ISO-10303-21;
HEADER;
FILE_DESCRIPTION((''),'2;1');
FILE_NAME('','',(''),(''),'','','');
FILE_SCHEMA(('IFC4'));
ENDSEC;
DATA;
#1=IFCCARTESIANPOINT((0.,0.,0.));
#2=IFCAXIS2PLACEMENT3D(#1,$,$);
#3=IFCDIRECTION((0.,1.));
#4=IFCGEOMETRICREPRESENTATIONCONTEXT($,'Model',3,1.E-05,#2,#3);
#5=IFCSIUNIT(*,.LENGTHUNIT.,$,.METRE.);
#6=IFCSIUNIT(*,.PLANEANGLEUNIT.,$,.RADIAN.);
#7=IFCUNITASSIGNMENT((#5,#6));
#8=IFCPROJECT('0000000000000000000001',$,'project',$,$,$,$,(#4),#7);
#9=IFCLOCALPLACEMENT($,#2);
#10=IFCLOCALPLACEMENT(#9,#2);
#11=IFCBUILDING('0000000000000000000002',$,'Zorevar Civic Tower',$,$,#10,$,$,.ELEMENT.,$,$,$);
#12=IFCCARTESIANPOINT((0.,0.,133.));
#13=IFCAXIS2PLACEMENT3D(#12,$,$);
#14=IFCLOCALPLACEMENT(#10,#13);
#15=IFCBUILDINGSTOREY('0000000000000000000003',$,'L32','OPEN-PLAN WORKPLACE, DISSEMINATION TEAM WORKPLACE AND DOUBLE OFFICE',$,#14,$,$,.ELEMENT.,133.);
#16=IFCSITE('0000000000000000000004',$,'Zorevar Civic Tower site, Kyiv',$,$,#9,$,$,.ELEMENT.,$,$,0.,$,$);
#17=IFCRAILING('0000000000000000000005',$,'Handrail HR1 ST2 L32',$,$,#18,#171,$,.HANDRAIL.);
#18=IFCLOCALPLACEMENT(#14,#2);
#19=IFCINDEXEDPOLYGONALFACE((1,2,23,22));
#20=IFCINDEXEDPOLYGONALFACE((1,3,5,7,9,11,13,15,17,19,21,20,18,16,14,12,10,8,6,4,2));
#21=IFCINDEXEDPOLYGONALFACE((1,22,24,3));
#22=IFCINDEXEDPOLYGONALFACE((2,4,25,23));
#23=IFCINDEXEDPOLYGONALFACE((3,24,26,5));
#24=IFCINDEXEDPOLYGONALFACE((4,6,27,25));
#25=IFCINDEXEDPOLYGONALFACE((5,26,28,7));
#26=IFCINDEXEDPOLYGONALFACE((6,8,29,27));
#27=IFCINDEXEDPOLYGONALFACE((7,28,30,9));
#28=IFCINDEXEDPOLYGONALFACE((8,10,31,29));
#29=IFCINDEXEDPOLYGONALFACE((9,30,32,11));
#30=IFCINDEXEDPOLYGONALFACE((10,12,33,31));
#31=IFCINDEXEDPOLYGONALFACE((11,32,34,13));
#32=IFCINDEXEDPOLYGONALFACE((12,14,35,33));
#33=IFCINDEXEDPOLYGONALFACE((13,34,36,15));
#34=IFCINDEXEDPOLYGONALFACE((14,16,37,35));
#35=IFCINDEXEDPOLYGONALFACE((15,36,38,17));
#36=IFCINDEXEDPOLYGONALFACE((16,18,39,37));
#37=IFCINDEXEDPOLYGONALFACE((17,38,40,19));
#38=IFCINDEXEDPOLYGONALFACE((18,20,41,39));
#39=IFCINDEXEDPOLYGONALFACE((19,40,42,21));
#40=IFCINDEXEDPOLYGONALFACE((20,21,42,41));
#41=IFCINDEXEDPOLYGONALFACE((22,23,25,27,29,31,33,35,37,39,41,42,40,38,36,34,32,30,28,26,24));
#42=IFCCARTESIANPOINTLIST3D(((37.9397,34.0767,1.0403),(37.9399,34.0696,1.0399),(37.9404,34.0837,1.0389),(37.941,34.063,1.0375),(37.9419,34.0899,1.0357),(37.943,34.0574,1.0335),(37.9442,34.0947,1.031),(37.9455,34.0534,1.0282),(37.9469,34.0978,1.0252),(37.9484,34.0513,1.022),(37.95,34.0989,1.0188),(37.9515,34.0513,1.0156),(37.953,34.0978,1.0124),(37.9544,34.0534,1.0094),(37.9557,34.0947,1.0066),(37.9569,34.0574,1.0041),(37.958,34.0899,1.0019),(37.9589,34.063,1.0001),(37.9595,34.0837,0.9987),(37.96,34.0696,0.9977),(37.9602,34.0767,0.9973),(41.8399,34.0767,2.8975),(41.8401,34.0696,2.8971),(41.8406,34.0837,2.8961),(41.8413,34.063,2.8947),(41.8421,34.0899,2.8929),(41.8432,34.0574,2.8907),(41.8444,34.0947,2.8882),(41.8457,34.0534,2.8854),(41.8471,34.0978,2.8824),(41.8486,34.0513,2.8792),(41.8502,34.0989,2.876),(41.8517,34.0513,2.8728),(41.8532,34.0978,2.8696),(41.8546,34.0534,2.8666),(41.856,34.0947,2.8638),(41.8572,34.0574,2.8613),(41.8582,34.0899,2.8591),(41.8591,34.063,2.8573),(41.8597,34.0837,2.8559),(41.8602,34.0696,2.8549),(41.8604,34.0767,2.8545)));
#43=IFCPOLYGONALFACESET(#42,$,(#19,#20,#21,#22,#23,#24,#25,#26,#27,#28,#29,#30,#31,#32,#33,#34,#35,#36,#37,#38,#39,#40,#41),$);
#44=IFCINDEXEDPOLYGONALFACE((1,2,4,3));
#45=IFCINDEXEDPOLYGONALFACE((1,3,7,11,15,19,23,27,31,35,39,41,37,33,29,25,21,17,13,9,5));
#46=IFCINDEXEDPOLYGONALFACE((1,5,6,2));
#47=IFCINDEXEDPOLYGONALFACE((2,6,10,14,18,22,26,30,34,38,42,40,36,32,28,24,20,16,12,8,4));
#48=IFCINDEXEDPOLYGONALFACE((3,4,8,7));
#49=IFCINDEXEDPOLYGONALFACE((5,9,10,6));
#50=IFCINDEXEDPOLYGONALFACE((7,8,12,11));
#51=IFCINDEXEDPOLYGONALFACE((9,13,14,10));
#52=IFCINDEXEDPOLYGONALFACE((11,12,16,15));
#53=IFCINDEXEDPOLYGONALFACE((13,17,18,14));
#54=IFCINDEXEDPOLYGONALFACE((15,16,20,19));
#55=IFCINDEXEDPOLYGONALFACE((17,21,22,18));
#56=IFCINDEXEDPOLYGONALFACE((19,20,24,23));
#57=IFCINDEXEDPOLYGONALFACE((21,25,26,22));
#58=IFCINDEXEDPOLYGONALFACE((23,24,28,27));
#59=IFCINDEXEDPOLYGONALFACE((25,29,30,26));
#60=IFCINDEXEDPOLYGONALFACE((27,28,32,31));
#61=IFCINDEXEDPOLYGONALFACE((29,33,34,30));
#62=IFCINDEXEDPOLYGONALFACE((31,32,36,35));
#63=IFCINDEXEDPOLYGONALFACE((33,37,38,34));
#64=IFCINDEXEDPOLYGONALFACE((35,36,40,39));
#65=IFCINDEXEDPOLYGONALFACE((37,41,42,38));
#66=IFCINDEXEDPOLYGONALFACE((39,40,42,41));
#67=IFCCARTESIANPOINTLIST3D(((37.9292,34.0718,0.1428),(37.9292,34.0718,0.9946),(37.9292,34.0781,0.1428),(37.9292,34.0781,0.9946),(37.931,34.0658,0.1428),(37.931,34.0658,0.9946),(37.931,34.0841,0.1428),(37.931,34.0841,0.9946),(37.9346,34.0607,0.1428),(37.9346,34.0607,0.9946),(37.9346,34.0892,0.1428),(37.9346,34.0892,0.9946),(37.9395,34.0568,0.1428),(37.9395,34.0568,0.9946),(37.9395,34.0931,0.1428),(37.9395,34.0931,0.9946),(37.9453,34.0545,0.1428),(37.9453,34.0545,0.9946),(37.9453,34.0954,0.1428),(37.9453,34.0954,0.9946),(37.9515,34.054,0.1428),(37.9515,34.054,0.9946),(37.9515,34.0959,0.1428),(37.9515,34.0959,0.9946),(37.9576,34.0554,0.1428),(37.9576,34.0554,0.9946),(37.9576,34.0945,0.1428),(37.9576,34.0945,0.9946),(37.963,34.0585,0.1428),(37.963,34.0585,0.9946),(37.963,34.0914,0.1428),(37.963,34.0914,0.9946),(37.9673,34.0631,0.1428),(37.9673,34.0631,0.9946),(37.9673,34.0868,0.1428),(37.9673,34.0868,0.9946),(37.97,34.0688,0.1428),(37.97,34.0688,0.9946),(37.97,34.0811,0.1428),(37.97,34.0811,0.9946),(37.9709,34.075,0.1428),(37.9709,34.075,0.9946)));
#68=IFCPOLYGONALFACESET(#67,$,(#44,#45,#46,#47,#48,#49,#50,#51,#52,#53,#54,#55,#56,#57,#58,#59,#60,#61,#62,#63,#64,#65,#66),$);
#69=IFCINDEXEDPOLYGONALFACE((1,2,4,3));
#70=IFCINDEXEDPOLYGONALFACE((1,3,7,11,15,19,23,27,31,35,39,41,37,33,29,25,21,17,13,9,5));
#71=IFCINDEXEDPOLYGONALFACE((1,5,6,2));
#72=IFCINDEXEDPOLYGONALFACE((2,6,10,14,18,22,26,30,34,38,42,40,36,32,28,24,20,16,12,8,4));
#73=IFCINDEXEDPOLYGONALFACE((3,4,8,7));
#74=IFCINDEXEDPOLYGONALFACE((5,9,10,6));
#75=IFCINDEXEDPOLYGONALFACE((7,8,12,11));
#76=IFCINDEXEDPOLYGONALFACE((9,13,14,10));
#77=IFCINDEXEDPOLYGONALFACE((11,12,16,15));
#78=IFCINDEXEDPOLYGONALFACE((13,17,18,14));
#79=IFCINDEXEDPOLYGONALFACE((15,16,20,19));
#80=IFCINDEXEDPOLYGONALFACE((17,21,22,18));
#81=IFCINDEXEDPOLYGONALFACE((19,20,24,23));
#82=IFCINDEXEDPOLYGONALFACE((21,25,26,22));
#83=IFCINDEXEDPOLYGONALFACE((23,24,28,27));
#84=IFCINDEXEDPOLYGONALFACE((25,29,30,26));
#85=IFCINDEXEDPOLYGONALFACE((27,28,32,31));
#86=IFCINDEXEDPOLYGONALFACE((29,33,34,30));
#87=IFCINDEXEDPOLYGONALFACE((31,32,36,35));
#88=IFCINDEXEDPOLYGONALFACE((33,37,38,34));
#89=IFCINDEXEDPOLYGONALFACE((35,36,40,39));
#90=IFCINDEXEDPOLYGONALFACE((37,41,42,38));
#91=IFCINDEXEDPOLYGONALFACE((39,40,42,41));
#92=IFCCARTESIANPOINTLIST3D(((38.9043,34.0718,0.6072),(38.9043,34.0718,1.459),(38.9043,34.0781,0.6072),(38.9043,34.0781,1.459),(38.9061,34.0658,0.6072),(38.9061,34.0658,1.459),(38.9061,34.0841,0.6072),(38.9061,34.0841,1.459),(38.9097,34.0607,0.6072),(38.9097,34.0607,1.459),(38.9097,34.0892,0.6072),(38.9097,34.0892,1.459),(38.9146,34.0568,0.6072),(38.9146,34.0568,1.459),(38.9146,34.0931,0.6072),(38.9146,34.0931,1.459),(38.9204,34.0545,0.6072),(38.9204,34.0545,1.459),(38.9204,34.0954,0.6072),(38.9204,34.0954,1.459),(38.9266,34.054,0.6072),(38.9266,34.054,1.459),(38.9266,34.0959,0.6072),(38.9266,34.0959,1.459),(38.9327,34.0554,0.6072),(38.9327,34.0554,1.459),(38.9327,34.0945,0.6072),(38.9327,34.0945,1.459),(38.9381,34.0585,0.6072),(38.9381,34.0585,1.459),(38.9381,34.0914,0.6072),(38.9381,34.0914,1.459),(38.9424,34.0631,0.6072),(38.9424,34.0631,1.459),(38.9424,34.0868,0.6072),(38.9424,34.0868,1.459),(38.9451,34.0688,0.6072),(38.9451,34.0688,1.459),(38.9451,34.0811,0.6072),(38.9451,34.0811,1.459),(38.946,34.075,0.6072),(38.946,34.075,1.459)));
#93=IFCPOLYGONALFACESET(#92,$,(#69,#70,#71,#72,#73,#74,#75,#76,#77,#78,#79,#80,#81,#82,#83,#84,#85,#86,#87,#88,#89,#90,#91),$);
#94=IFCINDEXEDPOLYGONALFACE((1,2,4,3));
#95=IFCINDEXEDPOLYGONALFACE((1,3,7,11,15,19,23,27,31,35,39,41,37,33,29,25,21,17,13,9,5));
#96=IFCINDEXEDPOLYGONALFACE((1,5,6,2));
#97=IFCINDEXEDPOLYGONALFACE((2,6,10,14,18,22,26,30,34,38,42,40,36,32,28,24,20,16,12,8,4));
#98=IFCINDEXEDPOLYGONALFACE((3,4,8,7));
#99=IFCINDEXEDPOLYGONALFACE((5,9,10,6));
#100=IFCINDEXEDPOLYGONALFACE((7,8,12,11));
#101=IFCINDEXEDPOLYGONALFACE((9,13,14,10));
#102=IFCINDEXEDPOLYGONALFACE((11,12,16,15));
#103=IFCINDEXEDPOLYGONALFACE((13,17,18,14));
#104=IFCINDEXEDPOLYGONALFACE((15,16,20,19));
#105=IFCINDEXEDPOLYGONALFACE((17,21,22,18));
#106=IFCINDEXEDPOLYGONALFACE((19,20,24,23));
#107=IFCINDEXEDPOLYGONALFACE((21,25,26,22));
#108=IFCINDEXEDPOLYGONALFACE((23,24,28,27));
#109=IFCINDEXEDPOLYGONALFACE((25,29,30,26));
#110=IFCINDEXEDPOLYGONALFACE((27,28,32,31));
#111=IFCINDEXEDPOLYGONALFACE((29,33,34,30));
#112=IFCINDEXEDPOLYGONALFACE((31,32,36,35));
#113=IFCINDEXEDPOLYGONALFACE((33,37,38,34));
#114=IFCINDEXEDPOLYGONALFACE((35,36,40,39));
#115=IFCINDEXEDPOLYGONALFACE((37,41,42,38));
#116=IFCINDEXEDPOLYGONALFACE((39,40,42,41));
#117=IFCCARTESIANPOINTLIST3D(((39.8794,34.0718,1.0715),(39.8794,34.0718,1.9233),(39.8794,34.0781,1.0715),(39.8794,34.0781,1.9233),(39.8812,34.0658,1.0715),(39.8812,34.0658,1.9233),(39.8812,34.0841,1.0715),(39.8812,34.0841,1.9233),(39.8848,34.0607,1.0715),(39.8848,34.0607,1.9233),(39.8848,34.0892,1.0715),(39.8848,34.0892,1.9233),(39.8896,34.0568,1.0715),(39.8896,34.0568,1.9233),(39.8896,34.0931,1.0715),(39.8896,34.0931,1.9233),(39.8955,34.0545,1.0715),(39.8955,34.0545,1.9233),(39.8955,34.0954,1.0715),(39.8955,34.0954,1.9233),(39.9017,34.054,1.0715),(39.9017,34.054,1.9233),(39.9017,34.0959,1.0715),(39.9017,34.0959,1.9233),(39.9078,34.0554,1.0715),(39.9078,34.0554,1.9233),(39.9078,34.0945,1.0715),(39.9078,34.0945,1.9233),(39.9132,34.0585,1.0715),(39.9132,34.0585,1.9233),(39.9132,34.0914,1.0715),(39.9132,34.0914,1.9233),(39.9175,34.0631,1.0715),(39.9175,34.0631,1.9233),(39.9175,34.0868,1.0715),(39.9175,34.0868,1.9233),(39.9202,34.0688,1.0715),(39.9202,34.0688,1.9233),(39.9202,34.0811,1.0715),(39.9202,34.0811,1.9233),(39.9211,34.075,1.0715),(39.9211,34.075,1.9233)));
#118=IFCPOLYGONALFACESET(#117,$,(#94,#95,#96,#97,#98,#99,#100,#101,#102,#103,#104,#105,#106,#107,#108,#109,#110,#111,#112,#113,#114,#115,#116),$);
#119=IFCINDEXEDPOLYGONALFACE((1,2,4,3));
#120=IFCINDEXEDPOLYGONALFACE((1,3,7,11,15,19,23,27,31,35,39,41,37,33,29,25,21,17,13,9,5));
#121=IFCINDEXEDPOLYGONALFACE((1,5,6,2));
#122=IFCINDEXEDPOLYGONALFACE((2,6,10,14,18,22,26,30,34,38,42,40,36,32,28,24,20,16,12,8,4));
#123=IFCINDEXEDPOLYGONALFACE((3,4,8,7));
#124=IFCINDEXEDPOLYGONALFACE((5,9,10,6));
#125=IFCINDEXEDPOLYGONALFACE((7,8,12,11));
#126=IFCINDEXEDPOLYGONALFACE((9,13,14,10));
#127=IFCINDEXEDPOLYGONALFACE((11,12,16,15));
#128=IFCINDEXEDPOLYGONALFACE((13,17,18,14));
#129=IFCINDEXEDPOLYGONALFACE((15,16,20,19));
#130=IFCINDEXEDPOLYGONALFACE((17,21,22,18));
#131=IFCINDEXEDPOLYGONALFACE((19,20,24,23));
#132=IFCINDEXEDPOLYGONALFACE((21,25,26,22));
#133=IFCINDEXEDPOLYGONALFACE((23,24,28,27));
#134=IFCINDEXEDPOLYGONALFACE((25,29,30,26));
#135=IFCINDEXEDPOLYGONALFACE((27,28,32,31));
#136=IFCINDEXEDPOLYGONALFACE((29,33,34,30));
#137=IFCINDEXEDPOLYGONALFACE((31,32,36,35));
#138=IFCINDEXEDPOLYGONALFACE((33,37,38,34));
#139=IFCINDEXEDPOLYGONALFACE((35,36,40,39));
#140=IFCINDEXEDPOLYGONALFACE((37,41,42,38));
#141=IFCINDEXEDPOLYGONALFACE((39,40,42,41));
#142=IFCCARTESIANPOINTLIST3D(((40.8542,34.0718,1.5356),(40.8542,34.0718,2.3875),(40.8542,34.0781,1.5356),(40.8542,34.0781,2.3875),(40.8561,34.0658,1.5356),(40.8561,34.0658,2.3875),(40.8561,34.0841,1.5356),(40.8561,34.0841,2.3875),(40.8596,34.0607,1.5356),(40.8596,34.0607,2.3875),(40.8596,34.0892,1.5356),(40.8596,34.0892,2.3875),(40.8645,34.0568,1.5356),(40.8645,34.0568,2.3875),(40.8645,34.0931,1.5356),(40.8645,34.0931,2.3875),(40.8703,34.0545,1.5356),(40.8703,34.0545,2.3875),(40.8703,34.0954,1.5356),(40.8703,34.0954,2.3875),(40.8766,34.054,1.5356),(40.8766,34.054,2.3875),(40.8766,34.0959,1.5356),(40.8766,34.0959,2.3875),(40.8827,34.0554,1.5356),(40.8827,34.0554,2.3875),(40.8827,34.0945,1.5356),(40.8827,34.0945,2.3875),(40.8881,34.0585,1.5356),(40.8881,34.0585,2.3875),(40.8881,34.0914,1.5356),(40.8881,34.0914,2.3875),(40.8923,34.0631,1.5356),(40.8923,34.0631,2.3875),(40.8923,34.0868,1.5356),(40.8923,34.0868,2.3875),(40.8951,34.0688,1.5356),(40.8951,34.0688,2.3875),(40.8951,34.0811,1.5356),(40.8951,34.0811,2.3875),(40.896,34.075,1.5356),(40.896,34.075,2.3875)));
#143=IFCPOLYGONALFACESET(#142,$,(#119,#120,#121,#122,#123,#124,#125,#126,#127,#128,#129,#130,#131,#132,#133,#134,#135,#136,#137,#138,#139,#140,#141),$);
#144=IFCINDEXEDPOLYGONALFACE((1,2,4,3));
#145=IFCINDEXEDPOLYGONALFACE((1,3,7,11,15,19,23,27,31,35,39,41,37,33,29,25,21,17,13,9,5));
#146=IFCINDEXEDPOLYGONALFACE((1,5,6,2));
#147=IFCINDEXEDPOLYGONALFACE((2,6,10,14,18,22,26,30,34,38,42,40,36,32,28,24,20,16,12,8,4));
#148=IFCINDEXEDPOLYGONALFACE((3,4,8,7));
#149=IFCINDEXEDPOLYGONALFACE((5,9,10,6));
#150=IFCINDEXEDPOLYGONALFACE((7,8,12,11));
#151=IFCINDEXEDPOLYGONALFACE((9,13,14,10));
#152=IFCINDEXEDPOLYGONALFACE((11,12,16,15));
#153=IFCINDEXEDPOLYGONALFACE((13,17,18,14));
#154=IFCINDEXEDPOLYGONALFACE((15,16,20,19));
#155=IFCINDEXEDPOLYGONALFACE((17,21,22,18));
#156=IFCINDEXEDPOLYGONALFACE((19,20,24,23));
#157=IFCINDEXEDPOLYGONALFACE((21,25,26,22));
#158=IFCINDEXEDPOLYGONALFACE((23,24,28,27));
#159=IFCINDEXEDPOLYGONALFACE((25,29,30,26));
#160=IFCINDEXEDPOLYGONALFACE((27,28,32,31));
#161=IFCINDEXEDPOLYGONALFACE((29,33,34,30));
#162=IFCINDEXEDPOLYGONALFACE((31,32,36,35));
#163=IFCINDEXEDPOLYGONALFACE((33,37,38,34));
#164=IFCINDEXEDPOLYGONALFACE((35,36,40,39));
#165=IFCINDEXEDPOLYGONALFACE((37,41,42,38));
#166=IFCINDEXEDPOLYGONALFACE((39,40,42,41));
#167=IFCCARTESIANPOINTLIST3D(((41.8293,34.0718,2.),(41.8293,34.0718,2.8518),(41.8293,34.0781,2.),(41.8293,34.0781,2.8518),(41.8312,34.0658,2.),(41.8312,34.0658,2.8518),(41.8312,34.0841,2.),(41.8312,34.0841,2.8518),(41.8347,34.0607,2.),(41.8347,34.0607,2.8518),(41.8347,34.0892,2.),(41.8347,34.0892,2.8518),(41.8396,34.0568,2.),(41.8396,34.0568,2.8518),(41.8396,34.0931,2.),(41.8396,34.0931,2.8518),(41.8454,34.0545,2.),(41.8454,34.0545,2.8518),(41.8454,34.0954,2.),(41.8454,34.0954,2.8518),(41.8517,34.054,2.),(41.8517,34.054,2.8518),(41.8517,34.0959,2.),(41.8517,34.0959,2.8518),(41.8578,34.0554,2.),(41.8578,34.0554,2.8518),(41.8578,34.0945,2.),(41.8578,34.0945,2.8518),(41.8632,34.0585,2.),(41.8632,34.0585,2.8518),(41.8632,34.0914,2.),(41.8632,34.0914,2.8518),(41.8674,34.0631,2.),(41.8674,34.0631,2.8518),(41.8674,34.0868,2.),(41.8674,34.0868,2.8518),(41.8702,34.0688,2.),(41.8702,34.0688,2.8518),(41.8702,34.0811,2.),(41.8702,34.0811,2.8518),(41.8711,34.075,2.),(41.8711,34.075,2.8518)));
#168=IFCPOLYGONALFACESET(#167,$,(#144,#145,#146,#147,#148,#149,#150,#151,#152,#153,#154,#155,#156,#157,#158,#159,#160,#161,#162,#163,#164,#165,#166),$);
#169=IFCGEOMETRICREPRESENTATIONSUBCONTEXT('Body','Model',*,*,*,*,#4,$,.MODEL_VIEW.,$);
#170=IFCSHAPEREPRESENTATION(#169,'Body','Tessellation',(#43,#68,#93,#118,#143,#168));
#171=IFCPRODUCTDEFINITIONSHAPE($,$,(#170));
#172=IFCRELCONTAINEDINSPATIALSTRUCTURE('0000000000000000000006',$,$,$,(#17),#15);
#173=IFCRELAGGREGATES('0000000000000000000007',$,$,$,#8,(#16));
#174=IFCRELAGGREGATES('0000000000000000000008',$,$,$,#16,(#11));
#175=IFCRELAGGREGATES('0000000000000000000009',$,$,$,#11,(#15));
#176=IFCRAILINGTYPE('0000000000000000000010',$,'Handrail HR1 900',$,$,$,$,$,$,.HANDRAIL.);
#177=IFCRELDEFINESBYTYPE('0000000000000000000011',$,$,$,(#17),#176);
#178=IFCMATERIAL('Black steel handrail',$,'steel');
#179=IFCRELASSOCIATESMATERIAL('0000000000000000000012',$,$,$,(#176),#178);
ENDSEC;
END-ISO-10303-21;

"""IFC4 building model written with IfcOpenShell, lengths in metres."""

from ifc_helpers import new_model, si_unit, direction, frame, origin, origin_2d, place, context, subcontext, project, spatial, circle, extrude, material, type_object, element, save


model = new_model("IFC4")

# Units and contexts
model_context = context("Model", 3, precision=1e-05, world=origin(), true_north=direction((0.0, 1.0)))
body_context = subcontext(model_context, "Body", "Model", "MODEL_VIEW")
ifc_project = project(units=[si_unit("LENGTHUNIT", "METRE"), si_unit("PLANEANGLEUNIT", "RADIAN")], contexts=[model_context])

# Site, building, storey
site_placement = place(None, origin())
site = spatial("IfcSite", under=ifc_project, at=site_placement, Name="Zorevar Civic Tower site, Kyiv", CompositionType="ELEMENT", RefElevation=0.0)
building_placement = place(site_placement, origin())
building = spatial("IfcBuilding", under=site, at=building_placement, Name="Zorevar Civic Tower", CompositionType="ELEMENT")
storey_placement = place(building_placement, frame((0.0, 0.0, 133.0)))
storey = spatial("IfcBuildingStorey", under=building, at=storey_placement, Name="L32", Description="OPEN-PLAN WORKPLACE, DISSEMINATION TEAM WORKPLACE AND DOUBLE OFFICE", CompositionType="ELEMENT", Elevation=133.0)

# Railing
ifc_material_1 = material(Name="Black steel handrail", Category="steel")
railing_type = type_object("IfcRailingType", Name="Handrail HR1 900", PredefinedType="HANDRAIL", material=ifc_material_1)
railing_1_placement = place(storey_placement, frame((37.95, 34.075, 0.1428)))
element("IfcRailing", 1, at=railing_1_placement, inside=storey, type_object=railing_type, Name="Handrail HR1 ST2 L32", PredefinedType="HANDRAIL", context=body_context, shape_type="SweptSolid", body=[
    extrude(circle(Radius=0.0239, at=origin_2d()), frame((0.0, 0.0, 0.876), z_axis=(0.902864, 0.0, 0.429927), x_axis=(0.0, 1.0, 0.0)), (0.0, 0.0, 1.0), 4.3198),
    extrude(circle(Radius=0.021, at=origin_2d()), origin(), (0.0, 0.0, 1.0), 0.8518),
    extrude(circle(Radius=0.021, at=origin_2d()), frame((0.9751, 0.0, 0.4644)), (0.0, 0.0, 1.0), 0.8518),
    extrude(circle(Radius=0.021, at=origin_2d()), frame((1.9502, 0.0, 0.9287)), (0.0, 0.0, 1.0), 0.8518),
    extrude(circle(Radius=0.021, at=origin_2d()), frame((2.925, 0.0, 1.3928)), (0.0, 0.0, 1.0), 0.8518),
    extrude(circle(Radius=0.021, at=origin_2d()), frame((3.9001, 0.0, 1.8572)), (0.0, 0.0, 1.0), 0.8518),
])

save(model, "model.ifc")
